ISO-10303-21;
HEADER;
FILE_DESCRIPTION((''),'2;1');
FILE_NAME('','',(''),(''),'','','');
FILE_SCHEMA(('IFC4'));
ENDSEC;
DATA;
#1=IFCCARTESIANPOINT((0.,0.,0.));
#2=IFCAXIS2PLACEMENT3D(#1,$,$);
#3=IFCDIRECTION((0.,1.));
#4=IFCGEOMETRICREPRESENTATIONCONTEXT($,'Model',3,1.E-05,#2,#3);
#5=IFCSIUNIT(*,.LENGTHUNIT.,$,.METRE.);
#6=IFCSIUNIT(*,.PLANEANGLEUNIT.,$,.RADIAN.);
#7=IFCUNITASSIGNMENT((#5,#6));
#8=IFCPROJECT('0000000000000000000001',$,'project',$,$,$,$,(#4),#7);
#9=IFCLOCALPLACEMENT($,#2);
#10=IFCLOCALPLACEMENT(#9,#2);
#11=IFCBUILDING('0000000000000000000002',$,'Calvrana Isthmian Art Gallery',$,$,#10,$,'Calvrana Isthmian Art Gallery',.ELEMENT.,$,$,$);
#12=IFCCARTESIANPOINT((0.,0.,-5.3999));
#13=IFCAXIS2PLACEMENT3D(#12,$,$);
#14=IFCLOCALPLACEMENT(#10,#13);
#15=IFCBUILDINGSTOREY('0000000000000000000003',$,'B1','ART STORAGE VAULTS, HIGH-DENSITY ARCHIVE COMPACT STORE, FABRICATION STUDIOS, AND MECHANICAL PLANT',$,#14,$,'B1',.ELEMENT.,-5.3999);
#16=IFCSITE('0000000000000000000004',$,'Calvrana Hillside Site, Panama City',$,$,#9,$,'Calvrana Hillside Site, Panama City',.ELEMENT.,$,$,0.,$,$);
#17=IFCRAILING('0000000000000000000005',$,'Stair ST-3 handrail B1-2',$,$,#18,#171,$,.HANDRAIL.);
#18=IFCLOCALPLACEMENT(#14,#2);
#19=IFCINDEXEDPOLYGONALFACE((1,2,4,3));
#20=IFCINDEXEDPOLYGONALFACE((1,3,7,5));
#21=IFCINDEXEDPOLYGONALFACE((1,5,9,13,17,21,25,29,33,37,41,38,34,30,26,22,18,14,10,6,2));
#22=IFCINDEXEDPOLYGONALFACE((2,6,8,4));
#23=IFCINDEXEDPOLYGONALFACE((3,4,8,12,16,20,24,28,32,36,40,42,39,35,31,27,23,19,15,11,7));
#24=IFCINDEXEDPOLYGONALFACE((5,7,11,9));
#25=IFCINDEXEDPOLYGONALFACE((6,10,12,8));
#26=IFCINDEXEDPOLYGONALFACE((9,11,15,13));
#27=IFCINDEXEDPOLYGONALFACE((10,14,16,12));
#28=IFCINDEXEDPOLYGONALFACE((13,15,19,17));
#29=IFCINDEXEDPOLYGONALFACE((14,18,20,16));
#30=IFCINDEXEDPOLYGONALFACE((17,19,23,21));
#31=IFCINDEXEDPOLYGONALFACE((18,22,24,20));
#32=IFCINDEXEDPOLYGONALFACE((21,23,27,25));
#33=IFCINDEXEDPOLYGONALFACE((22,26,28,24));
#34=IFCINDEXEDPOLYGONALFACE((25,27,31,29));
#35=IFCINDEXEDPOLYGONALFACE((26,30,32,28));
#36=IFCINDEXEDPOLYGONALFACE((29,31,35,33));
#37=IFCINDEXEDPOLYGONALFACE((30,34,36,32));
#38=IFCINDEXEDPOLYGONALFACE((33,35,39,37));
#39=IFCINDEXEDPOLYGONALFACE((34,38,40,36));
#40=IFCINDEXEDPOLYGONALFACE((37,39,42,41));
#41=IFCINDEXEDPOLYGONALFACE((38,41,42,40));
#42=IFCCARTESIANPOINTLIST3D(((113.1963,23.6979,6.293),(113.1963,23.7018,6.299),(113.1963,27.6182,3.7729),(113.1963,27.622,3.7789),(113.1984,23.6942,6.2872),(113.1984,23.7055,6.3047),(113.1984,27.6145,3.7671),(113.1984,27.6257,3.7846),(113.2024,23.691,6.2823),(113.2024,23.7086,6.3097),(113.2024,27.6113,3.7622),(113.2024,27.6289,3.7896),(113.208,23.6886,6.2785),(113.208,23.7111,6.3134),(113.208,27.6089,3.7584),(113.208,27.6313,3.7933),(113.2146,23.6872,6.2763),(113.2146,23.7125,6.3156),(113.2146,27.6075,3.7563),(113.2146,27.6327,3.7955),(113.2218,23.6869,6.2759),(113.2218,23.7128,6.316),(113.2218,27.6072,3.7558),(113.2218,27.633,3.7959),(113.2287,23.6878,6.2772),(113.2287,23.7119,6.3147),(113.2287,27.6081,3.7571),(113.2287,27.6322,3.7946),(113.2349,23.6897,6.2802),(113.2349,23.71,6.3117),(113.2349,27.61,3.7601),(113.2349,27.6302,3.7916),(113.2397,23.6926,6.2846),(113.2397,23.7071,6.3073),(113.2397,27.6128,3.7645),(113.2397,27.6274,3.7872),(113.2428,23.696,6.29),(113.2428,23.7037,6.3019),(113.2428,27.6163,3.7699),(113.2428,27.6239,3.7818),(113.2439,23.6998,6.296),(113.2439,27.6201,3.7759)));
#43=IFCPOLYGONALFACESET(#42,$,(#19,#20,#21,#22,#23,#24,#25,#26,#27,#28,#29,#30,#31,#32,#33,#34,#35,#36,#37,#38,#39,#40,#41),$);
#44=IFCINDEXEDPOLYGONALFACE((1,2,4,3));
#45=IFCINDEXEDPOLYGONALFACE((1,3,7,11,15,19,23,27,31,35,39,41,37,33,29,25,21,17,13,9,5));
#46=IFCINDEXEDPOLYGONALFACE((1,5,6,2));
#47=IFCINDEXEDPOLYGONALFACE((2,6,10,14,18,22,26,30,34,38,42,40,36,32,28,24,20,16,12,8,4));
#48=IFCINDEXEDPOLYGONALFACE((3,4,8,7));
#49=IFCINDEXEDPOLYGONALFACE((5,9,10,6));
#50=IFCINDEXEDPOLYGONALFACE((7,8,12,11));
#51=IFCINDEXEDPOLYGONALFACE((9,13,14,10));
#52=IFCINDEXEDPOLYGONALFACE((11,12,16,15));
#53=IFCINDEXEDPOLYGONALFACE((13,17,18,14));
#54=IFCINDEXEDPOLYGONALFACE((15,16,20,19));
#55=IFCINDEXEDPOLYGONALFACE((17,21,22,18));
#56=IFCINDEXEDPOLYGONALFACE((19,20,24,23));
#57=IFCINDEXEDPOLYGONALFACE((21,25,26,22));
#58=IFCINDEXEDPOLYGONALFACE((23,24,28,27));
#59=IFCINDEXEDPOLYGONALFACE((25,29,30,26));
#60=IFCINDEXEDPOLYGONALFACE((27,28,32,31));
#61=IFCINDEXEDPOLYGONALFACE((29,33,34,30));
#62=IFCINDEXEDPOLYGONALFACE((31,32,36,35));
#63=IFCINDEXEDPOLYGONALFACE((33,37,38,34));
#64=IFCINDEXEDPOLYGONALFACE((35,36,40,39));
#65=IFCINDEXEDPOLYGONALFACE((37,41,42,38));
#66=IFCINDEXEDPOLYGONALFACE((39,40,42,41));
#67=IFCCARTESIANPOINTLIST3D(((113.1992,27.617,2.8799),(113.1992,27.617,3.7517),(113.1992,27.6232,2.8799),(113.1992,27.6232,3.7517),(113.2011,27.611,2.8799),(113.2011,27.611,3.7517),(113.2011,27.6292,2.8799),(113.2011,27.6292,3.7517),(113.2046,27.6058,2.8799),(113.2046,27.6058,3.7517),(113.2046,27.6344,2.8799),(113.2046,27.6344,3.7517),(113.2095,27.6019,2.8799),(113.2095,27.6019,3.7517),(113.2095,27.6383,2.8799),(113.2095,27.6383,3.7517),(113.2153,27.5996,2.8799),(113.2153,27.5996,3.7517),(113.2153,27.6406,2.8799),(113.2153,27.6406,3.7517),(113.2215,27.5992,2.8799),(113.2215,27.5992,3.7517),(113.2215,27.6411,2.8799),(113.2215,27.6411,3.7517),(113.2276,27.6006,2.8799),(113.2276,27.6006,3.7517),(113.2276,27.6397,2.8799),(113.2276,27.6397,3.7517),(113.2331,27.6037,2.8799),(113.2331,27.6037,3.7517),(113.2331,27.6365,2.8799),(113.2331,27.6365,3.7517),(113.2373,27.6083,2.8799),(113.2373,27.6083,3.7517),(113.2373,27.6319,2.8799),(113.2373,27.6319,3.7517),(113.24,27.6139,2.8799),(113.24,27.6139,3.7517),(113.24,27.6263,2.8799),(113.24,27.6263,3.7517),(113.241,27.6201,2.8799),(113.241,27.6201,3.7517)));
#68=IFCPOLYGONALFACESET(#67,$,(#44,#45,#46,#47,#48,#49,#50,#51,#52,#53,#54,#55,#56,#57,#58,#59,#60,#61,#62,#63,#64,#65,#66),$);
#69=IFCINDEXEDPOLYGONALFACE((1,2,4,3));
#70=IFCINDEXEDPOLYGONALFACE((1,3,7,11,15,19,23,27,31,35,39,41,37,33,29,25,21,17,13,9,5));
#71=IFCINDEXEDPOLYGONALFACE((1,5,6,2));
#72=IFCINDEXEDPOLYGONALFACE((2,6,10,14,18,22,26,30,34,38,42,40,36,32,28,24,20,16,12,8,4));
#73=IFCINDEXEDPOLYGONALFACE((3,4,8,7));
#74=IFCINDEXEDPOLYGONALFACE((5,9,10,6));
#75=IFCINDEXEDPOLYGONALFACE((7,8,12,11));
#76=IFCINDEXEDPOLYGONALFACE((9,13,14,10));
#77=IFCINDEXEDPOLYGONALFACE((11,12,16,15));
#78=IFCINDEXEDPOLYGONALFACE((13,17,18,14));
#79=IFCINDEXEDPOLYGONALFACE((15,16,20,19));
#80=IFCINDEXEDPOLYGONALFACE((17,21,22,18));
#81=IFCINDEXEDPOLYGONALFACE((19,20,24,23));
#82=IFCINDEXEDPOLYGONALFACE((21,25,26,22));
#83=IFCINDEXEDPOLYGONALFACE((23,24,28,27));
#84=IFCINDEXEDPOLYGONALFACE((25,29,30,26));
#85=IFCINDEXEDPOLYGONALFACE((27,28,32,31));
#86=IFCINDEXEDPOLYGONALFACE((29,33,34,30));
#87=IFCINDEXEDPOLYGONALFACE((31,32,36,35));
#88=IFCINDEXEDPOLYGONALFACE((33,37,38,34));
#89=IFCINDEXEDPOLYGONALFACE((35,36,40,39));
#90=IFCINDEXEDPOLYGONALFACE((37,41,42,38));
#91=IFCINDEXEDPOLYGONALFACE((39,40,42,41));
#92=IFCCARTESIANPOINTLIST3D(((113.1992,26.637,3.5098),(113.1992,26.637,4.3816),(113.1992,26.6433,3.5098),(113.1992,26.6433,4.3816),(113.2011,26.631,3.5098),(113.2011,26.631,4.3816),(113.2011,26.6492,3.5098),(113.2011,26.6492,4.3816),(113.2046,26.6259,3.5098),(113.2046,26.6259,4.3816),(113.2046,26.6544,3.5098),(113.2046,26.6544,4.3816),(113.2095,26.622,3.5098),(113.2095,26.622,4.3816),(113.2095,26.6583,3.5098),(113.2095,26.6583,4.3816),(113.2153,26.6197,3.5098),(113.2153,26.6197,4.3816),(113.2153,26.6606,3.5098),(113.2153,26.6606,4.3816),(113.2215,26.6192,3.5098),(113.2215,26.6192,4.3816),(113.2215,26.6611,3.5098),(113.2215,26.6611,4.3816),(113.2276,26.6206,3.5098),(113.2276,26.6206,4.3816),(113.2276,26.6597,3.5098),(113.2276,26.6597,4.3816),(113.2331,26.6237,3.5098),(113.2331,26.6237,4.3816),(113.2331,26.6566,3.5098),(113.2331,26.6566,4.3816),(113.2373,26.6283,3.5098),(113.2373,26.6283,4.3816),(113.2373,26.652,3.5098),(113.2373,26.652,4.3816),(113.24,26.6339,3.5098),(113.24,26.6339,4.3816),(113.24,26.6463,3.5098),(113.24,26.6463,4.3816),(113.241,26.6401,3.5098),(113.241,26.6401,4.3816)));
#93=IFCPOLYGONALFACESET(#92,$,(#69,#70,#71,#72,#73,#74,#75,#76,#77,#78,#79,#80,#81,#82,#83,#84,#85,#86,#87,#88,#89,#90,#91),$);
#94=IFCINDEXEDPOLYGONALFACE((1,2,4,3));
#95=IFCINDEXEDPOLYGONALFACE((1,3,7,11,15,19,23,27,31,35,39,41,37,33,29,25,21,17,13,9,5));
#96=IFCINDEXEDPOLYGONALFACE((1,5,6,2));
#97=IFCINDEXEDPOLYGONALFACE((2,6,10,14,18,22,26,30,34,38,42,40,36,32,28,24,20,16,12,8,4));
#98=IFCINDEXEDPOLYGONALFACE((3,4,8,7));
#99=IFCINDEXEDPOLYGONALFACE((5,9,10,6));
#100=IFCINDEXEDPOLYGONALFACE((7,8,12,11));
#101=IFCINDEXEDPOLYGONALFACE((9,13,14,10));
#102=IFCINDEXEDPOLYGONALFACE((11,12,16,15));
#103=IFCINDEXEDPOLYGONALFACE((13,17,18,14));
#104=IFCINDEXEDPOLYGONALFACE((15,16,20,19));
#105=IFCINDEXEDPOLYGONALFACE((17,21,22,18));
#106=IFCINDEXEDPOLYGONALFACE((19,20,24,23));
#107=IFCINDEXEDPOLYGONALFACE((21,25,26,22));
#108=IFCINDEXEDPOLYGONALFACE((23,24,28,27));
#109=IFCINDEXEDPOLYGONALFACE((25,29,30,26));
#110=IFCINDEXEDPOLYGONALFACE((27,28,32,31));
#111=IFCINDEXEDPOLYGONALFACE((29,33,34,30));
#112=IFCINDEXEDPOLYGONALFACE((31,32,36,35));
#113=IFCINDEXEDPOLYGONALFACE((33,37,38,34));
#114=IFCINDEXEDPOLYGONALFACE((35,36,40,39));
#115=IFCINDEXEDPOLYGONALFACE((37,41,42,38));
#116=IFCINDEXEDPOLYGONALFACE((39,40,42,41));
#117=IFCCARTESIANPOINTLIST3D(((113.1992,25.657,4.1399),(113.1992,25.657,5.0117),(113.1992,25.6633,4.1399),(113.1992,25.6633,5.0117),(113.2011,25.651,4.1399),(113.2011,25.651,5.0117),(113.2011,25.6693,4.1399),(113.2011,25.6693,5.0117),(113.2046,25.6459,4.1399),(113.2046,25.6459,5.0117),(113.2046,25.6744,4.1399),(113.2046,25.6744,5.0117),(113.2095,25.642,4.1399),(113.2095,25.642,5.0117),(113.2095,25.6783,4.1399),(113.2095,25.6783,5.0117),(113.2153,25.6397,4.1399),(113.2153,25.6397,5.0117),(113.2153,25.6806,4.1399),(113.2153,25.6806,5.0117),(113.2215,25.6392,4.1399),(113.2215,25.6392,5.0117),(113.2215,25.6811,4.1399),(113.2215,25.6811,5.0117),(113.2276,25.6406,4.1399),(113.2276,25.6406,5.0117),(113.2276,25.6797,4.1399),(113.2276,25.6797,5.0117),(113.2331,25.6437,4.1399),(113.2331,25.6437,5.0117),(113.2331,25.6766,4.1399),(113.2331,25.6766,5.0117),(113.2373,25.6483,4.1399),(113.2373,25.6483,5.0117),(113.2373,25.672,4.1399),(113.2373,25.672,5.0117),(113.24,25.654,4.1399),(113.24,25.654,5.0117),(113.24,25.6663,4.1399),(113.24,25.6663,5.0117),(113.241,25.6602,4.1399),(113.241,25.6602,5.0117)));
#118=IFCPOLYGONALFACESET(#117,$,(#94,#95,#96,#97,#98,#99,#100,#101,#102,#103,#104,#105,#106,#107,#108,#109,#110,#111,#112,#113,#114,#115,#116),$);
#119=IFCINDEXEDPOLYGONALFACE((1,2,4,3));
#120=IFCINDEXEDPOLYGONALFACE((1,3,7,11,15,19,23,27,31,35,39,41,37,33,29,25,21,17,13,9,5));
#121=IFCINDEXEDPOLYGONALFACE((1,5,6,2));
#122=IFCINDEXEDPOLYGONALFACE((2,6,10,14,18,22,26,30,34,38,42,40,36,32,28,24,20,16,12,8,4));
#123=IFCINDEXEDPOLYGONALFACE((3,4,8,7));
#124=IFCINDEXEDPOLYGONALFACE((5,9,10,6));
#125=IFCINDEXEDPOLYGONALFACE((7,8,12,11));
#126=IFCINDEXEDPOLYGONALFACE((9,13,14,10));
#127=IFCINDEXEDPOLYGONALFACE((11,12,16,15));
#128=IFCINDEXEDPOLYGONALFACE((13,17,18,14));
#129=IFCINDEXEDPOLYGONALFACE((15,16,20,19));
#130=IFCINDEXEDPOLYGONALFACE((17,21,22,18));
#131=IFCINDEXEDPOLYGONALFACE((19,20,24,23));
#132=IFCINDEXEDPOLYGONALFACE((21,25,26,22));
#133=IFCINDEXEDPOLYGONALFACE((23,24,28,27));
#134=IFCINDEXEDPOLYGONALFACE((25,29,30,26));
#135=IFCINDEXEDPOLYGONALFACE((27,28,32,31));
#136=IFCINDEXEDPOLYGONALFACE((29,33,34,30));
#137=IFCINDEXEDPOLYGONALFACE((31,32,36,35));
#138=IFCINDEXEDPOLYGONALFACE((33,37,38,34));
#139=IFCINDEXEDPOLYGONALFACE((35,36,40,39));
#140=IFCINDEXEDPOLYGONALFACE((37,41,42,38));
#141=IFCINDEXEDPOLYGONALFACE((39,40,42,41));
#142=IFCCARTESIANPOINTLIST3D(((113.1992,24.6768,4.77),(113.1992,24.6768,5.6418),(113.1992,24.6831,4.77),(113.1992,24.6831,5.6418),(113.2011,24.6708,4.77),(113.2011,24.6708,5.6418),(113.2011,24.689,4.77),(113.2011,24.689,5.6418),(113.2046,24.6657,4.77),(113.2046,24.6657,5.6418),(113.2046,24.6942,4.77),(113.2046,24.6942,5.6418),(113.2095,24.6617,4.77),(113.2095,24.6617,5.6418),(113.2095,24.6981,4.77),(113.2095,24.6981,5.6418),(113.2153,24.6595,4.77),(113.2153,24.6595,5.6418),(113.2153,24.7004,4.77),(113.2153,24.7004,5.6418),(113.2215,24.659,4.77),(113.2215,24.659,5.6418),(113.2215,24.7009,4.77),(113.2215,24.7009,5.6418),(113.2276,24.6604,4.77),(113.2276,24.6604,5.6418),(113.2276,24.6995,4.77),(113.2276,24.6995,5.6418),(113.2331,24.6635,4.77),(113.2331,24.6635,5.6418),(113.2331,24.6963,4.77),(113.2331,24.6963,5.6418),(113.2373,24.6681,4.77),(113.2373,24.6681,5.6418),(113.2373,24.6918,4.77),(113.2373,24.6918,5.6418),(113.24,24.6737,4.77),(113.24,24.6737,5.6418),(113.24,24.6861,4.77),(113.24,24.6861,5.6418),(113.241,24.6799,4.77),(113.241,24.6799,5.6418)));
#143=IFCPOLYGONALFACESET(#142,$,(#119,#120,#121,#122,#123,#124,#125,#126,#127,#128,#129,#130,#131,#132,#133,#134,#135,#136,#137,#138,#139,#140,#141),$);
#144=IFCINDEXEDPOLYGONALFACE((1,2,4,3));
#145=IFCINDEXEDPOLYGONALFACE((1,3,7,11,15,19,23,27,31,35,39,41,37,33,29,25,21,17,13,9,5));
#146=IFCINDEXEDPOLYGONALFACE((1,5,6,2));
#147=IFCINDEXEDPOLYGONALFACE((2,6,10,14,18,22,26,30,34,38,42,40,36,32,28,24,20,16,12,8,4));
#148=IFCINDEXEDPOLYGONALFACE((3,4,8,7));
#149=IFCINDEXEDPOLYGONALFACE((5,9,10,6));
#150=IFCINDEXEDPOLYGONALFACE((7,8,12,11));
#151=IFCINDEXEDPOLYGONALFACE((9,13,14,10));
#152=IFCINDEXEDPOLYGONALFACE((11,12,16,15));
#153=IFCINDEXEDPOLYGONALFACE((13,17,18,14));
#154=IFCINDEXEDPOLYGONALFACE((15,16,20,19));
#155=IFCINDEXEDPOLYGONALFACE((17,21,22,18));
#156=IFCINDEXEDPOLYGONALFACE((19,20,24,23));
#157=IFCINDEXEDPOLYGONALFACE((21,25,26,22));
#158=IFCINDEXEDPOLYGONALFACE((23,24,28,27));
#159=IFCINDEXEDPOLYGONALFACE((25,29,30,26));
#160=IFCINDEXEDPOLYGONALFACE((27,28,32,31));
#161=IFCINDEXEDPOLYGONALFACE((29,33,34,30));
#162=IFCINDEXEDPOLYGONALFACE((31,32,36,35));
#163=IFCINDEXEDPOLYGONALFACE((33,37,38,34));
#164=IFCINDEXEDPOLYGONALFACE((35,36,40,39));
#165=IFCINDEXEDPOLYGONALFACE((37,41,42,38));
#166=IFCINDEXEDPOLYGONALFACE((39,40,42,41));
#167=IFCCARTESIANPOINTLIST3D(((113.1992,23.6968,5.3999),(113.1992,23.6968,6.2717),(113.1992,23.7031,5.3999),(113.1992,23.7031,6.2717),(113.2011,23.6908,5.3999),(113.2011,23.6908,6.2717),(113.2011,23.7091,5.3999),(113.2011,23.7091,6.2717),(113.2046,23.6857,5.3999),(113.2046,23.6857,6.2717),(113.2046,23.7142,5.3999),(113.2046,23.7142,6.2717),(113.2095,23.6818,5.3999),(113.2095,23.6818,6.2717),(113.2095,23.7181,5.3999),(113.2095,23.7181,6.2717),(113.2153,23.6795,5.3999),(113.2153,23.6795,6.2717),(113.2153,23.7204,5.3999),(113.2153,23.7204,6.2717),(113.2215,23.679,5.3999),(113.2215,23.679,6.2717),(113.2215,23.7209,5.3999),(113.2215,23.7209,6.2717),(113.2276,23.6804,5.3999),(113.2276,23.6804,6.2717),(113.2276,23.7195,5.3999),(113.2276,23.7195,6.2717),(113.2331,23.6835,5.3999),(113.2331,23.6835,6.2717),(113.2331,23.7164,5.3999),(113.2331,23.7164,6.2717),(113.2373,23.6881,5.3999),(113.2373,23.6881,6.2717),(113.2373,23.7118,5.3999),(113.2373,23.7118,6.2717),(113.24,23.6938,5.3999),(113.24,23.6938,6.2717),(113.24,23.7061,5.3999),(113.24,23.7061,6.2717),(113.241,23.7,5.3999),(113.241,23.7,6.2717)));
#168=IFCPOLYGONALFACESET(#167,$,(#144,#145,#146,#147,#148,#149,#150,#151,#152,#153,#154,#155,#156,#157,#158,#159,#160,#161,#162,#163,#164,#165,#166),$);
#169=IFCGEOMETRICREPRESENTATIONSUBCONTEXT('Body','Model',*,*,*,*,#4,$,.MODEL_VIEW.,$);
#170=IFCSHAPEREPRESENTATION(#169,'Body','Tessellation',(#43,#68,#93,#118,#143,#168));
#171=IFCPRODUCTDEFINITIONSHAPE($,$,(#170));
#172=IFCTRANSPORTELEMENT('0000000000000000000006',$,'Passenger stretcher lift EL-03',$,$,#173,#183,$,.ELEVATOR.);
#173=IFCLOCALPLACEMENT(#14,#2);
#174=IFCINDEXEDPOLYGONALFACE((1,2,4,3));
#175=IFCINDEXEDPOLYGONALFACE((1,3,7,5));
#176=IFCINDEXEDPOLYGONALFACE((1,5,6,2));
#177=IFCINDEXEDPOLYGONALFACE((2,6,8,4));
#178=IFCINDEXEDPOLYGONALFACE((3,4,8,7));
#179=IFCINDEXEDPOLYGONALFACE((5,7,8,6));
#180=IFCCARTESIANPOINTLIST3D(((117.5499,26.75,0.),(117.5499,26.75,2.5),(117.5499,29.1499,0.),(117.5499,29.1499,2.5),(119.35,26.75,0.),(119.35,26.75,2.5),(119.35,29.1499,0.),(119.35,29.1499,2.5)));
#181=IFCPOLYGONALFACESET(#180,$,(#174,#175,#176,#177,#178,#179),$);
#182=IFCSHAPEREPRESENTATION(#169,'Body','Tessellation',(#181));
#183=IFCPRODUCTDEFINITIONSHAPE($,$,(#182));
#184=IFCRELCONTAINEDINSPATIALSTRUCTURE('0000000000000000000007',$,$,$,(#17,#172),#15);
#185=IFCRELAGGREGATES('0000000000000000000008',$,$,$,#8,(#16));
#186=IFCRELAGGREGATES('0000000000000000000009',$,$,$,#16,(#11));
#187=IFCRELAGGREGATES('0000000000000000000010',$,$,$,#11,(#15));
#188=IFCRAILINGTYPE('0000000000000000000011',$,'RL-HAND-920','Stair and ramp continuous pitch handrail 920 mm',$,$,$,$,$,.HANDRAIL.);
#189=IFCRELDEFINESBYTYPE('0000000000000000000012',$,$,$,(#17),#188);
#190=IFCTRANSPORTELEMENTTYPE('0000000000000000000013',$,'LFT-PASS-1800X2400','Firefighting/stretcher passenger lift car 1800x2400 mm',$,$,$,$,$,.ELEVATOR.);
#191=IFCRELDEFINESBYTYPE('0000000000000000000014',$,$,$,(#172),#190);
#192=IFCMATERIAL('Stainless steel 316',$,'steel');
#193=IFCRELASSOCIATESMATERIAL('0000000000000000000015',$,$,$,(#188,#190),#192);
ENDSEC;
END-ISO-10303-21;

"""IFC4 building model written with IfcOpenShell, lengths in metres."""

from ifc_helpers import new_model, si_unit, direction, frame, origin, origin_2d, place, context, subcontext, project, spatial, rectangle, circle, extrude, material, type_object, element, save


model = new_model("IFC4")

# Units and contexts
model_context = context("Model", 3, precision=1e-05, world=origin(), true_north=direction((0.0, 1.0)))
body_context = subcontext(model_context, "Body", "Model", "MODEL_VIEW")
ifc_project = project(units=[si_unit("LENGTHUNIT", "METRE"), si_unit("PLANEANGLEUNIT", "RADIAN")], contexts=[model_context])

# Site, building, storey
site_placement = place(None, origin())
site = spatial("IfcSite", under=ifc_project, at=site_placement, Name="Calvrana Hillside Site, Panama City", LongName="Calvrana Hillside Site, Panama City", CompositionType="ELEMENT", RefElevation=0.0)
building_placement = place(site_placement, origin())
building = spatial("IfcBuilding", under=site, at=building_placement, Name="Calvrana Isthmian Art Gallery", LongName="Calvrana Isthmian Art Gallery", CompositionType="ELEMENT")
storey_placement = place(building_placement, frame((0.0, 0.0, -5.3999)))
storey = spatial("IfcBuildingStorey", under=building, at=storey_placement, Name="B1", Description="ART STORAGE VAULTS, HIGH-DENSITY ARCHIVE COMPACT STORE, FABRICATION STUDIOS, AND MECHANICAL PLANT", LongName="B1", CompositionType="ELEMENT", Elevation=-5.3999)

# Shared definitions
ifc_material_1 = material(Name="Stainless steel 316", Category="steel")

# Railing
railing_type_1 = type_object("IfcRailingType", Name="RL-HAND-920", Description="Stair and ramp continuous pitch handrail 920 mm", PredefinedType="HANDRAIL", material=ifc_material_1)
railing_1_placement = place(storey_placement, frame((113.22, 27.6201, 2.8799)))
element("IfcRailing", 1, at=railing_1_placement, inside=storey, type_object=railing_type_1, Name="Stair ST-3 handrail B1-2", PredefinedType="HANDRAIL", context=body_context, shape_type="SweptSolid", body=[
    extrude(circle(Radius=0.0239, at=origin_2d()), frame((0.0, 0.0, 0.896), z_axis=(0.0, -0.841187, 0.540744), x_axis=(1.0, 0.0, 0.0)), (0.0, 0.0, 1.0), 4.6604),
    extrude(circle(Radius=0.021, at=origin_2d()), origin(), (0.0, 0.0, 1.0), 0.8718),
    extrude(circle(Radius=0.021, at=origin_2d()), frame((0.0, -0.98, 0.6299)), (0.0, 0.0, 1.0), 0.8718),
    extrude(circle(Radius=0.021, at=origin_2d()), frame((0.0, -1.96, 1.26)), (0.0, 0.0, 1.0), 0.8718),
    extrude(circle(Radius=0.021, at=origin_2d()), frame((0.0, -2.9402, 1.8901)), (0.0, 0.0, 1.0), 0.8718),
    extrude(circle(Radius=0.021, at=origin_2d()), frame((0.0, -3.9202, 2.52)), (0.0, 0.0, 1.0), 0.8718),
])

# Transport element
transport_element_type = type_object("IfcTransportElementType", Name="LFT-PASS-1800X2400", Description="Firefighting/stretcher passenger lift car 1800x2400 mm", PredefinedType="ELEVATOR", material=ifc_material_1)
transport_element_placement = place(storey_placement, frame((118.45, 27.95, 0.0), z_axis=(0.0, 0.0, 1.0), x_axis=(1.0, 0.0, 0.0)))
element("IfcTransportElement", 2, at=transport_element_placement, inside=storey, type_object=transport_element_type, Name="Passenger stretcher lift EL-03", PredefinedType="ELEVATOR", context=body_context, shape_type="SweptSolid", body=[
    extrude(rectangle(XDim=1.8, YDim=2.3999, at=origin_2d()), origin(), (0.0, 0.0, 1.0), 2.5),
])

save(model, "model.ifc")
